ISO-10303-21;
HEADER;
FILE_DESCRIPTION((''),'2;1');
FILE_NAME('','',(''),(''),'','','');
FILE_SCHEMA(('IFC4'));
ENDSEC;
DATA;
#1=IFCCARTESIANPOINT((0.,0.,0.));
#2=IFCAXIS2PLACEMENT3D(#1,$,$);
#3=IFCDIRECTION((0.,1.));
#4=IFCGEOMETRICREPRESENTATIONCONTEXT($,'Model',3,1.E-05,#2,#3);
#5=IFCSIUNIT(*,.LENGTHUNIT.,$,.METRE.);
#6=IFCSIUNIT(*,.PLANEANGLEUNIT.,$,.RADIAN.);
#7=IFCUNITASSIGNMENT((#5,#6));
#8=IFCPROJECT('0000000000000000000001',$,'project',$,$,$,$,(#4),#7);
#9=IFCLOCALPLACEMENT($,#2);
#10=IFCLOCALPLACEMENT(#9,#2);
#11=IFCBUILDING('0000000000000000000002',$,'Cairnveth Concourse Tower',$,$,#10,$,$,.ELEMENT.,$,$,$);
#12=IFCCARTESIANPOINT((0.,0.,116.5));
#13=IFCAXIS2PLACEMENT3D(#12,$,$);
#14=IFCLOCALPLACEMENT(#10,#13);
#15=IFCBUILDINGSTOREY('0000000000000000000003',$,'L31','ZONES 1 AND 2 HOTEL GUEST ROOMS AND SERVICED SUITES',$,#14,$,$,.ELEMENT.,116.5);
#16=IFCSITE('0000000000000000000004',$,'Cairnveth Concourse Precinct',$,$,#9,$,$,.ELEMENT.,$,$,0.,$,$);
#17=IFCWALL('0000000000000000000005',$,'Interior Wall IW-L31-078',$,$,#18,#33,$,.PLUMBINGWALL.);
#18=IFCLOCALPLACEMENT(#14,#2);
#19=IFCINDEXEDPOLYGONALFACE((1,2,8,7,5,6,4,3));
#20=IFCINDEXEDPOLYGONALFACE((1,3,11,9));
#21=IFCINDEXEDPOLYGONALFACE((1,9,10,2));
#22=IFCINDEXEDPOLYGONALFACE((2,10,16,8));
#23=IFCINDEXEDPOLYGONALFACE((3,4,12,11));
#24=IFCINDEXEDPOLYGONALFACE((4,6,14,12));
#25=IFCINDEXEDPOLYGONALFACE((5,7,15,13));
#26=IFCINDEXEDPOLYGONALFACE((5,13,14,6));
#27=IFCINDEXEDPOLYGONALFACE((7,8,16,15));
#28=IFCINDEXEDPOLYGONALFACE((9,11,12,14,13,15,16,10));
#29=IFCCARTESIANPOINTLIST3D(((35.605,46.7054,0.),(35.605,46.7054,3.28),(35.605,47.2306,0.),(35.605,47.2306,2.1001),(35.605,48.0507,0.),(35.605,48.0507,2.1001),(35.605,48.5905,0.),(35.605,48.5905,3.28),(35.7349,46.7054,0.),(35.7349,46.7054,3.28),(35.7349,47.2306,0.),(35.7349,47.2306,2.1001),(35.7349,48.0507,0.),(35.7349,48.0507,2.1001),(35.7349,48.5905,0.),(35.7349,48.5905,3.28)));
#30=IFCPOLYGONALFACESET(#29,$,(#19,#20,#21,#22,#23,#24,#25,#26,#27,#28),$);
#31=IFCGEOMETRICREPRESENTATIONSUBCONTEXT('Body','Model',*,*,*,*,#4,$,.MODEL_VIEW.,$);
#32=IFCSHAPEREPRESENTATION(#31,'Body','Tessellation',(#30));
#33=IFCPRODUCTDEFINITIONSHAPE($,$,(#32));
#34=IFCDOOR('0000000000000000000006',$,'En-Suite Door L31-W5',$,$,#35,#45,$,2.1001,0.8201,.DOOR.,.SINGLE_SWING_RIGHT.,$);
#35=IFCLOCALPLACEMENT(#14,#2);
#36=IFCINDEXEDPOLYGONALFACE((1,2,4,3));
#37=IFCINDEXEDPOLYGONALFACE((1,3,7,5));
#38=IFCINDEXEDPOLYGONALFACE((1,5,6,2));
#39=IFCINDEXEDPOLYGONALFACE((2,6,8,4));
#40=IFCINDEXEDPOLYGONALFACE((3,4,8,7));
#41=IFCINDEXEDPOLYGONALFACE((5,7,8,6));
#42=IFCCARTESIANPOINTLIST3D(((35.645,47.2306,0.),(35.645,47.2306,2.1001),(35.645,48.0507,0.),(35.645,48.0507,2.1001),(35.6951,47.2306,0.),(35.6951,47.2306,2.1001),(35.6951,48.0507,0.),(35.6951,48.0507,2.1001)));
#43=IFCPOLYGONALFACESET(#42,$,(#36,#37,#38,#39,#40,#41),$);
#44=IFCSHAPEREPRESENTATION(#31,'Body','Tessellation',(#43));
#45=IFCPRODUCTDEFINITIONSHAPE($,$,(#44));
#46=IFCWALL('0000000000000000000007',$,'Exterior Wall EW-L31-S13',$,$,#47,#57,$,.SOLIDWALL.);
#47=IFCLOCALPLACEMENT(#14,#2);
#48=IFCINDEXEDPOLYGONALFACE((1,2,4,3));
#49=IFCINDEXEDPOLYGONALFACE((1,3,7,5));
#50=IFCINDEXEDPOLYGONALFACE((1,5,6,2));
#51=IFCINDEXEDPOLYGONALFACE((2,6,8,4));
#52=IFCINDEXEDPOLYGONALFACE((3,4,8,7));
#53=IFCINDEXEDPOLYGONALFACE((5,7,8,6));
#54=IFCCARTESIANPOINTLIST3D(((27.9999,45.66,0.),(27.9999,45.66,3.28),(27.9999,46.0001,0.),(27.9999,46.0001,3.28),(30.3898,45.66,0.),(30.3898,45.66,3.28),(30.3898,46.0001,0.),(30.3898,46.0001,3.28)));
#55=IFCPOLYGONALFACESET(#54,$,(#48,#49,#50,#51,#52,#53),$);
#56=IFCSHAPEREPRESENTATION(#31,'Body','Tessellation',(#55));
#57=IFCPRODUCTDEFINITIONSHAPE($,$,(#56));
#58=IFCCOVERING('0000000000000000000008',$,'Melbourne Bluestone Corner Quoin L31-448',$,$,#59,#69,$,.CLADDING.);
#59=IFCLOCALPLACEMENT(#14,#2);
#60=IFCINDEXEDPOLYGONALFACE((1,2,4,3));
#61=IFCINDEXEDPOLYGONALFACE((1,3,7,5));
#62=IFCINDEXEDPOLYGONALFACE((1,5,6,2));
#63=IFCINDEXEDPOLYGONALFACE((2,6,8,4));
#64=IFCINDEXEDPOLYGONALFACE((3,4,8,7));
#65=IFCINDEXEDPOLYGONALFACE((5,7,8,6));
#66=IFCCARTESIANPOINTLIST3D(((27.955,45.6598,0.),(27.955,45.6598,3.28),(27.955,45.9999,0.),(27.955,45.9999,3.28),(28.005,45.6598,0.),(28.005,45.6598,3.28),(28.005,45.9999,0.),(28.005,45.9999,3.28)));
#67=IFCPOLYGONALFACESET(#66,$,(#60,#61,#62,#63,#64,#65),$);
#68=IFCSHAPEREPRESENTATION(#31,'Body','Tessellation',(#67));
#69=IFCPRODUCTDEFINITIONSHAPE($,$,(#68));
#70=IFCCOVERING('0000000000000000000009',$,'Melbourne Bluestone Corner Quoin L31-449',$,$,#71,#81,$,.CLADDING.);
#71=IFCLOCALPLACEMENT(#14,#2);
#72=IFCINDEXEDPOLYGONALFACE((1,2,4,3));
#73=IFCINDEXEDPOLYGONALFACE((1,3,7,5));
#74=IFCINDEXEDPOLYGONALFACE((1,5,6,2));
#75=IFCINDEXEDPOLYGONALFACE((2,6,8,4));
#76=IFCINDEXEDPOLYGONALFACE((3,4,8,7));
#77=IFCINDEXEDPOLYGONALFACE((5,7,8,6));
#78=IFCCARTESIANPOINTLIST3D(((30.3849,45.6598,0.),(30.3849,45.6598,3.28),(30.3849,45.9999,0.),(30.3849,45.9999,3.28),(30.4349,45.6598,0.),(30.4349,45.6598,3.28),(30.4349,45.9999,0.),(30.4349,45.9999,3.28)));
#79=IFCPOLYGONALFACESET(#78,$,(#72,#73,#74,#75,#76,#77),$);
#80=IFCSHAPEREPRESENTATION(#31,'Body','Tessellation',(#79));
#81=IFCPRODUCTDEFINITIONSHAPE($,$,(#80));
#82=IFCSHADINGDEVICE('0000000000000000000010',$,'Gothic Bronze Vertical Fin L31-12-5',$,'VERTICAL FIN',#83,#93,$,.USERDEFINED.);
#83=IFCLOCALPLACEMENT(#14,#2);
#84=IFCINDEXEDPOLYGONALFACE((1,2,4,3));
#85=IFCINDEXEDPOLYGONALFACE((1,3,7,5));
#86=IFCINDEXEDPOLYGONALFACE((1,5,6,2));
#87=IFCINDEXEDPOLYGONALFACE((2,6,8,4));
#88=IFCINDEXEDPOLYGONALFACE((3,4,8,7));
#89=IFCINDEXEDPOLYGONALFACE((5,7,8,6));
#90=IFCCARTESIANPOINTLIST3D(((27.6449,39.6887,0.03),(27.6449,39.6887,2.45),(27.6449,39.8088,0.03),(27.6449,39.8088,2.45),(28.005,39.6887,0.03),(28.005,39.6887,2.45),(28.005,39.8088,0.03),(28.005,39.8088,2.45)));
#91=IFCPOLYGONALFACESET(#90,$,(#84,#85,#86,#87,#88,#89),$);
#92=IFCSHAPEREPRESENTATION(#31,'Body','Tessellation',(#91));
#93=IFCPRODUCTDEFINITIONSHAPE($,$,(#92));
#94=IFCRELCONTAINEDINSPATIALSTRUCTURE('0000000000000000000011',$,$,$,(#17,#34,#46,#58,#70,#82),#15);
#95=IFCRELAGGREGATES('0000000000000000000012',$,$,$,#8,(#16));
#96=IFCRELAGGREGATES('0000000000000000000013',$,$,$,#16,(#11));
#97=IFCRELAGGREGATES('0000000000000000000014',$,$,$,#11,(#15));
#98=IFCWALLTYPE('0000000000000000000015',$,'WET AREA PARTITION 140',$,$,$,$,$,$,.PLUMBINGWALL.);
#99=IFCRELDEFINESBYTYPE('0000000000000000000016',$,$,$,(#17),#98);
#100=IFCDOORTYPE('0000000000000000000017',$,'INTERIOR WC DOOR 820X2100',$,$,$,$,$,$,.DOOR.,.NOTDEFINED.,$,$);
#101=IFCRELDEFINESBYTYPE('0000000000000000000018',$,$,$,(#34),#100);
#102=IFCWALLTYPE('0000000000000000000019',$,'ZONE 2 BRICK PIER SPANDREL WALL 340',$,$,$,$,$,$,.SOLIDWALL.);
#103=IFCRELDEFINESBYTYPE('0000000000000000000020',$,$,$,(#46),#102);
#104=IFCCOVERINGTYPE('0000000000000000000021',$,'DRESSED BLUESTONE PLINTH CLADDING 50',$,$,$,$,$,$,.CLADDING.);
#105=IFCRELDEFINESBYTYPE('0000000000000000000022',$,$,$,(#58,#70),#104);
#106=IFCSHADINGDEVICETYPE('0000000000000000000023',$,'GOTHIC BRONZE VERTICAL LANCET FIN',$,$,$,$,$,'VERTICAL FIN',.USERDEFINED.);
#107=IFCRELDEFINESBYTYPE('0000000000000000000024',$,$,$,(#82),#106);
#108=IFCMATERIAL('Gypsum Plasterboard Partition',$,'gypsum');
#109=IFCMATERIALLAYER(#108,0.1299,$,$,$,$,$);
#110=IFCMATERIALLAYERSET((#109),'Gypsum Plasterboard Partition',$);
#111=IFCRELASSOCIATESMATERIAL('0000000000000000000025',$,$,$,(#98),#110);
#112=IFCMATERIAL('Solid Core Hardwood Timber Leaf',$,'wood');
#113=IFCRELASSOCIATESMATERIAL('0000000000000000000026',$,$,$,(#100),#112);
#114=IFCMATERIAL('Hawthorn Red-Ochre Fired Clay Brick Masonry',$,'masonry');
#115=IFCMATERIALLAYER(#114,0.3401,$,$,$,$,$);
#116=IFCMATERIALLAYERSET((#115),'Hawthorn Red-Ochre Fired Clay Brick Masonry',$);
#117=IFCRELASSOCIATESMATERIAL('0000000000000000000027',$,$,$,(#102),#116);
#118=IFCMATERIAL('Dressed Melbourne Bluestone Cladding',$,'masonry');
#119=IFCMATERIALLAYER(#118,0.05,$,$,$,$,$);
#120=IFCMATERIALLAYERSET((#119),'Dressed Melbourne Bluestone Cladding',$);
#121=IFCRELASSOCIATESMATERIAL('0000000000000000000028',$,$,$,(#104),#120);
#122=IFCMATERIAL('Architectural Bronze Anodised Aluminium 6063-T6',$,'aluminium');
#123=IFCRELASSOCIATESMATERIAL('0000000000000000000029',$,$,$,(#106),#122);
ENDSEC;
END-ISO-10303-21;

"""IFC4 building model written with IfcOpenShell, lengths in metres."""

from ifc_helpers import new_model, si_unit, direction, frame, frame_2d, origin, origin_2d, place, context, subcontext, project, spatial, rectangle, extrude, material, layer, layer_set, type_object, element, fill, save


model = new_model("IFC4")

# Units and contexts
model_context = context("Model", 3, precision=1e-05, world=origin(), true_north=direction((0.0, 1.0)))
body_context = subcontext(model_context, "Body", "Model", "MODEL_VIEW")
ifc_project = project(units=[si_unit("LENGTHUNIT", "METRE"), si_unit("PLANEANGLEUNIT", "RADIAN")], contexts=[model_context])

# Site, building, storey
site_placement = place(None, origin())
site = spatial("IfcSite", under=ifc_project, at=site_placement, Name="Cairnveth Concourse Precinct", CompositionType="ELEMENT", RefElevation=0.0)
building_placement = place(site_placement, origin())
building = spatial("IfcBuilding", under=site, at=building_placement, Name="Cairnveth Concourse Tower", CompositionType="ELEMENT")
storey_placement = place(building_placement, frame((0.0, 0.0, 116.5)))
storey = spatial("IfcBuildingStorey", under=building, at=storey_placement, Name="L31", Description="ZONES 1 AND 2 HOTEL GUEST ROOMS AND SERVICED SUITES", CompositionType="ELEMENT", Elevation=116.5)

# Shared definitions
ifc_material_1 = material(Name="Gypsum Plasterboard Partition", Category="gypsum")
ifc_material_2 = material(Name="Dressed Melbourne Bluestone Cladding", Category="masonry")
ifc_layer_1 = layer(ifc_material_1, 0.1299)
ifc_layer_set_1 = layer_set([ifc_layer_1], Name="Gypsum Plasterboard Partition")
wall_type_1 = type_object("IfcWallType", Name="WET AREA PARTITION 140", PredefinedType="PLUMBINGWALL", material=ifc_layer_set_1)

# Wall, opening, door
ifc_material_3 = material(Name="Solid Core Hardwood Timber Leaf", Category="wood")
door_type_1 = type_object("IfcDoorType", Name="INTERIOR WC DOOR 820X2100", OperationType="NOTDEFINED", PredefinedType="DOOR", material=ifc_material_3)
wall_1_placement = place(storey_placement, frame((35.6699, 46.7056, 0.0), z_axis=(0.0, 0.0, 1.0), x_axis=(0.0, 1.0, 0.0)))
wall_1 = element("IfcWall", 1, at=wall_1_placement, inside=storey, type_object=wall_type_1, Name="Interior Wall IW-L31-078", PredefinedType="PLUMBINGWALL", context=body_context, shape_type="SweptSolid", body=[
    extrude(rectangle(XDim=1.885, YDim=0.1299, at=frame_2d((0.9424, 0.0))), origin(), (0.0, 0.0, 1.0), 3.28),
])
opening_1_placement = place(wall_1_placement, frame((0.5249, 0.0, 0.0)))
opening_1 = element("IfcOpeningElement", 2, at=opening_1_placement, cuts=wall_1, PredefinedType="OPENING", context=body_context, shape_type="SweptSolid", body=[
    extrude(rectangle(XDim=0.8201, YDim=2.1001, at=frame_2d((0.4102, 1.05))), frame((0.0, 0.075, 0.0), z_axis=(0.0, -1.0, 0.0), x_axis=(1.0, 0.0, 0.0)), (0.0, 0.0, 1.0), 0.1499),
])
door_1_placement = place(opening_1_placement, origin())
door_1 = element("IfcDoor", 3, at=door_1_placement, inside=storey, type_object=door_type_1, Name="En-Suite Door L31-W5", OperationType="SINGLE_SWING_RIGHT", OverallHeight=2.1001, OverallWidth=0.8201, PredefinedType="DOOR", context=body_context, shape_type="SweptSolid", body=[
    extrude(rectangle(XDim=0.8201, YDim=2.1001, at=frame_2d((0.4102, 1.05))), frame((0.0, 0.0249, 0.0), z_axis=(0.0, -1.0, 0.0), x_axis=(1.0, 0.0, 0.0)), (0.0, 0.0, 1.0), 0.05),
])
fill(opening_1, door_1)

# Wall
ifc_material_4 = material(Name="Hawthorn Red-Ochre Fired Clay Brick Masonry", Category="masonry")
ifc_layer_2 = layer(ifc_material_4, 0.3401)
ifc_layer_set_2 = layer_set([ifc_layer_2], Name="Hawthorn Red-Ochre Fired Clay Brick Masonry")
wall_type_2 = type_object("IfcWallType", Name="ZONE 2 BRICK PIER SPANDREL WALL 340", PredefinedType="SOLIDWALL", material=ifc_layer_set_2)
wall_2_placement = place(storey_placement, frame((28.0, 45.8301, 0.0), z_axis=(0.0, 0.0, 1.0), x_axis=(1.0, 0.0, 0.0)))
element("IfcWall", 4, at=wall_2_placement, inside=storey, type_object=wall_type_2, Name="Exterior Wall EW-L31-S13", PredefinedType="SOLIDWALL", context=body_context, shape_type="SweptSolid", body=[
    extrude(rectangle(XDim=2.3899, YDim=0.3401, at=frame_2d((1.1948, 0.0))), origin(), (0.0, 0.0, 1.0), 3.28),
])

# Shared definitions
ifc_material_5 = material(Name="Architectural Bronze Anodised Aluminium 6063-T6", Category="aluminium")

# Coverings
ifc_layer_3 = layer(ifc_material_2, 0.05)
ifc_layer_set_3 = layer_set([ifc_layer_3], Name="Dressed Melbourne Bluestone Cladding")
covering_type = type_object("IfcCoveringType", Name="DRESSED BLUESTONE PLINTH CLADDING 50", PredefinedType="CLADDING", material=ifc_layer_set_3)
for number, where, z_axis, x_axis, name in (
    (5, (27.98, 45.6599, 0.0), (0.0, 0.0, 1.0), (0.0, 1.0, 0.0), "Melbourne Bluestone Corner Quoin L31-448"),
    (6, (30.4099, 45.6599, 0.0), (0.0, 0.0, 1.0), (0.0, 1.0, 0.0), "Melbourne Bluestone Corner Quoin L31-449"),
):
    element("IfcCovering", number, at=place(storey_placement, frame(where, z_axis=z_axis, x_axis=x_axis)), inside=storey, type_object=covering_type, Name=name, PredefinedType="CLADDING", context=body_context, shape_type="SweptSolid", body=[
        extrude(rectangle(XDim=0.3401, YDim=0.05, at=frame_2d((0.1699, 0.0))), origin(), (0.0, 0.0, 1.0), 3.28),
    ])

# Shading device
shading_device_type = type_object("IfcShadingDeviceType", Name="GOTHIC BRONZE VERTICAL LANCET FIN", ElementType="VERTICAL FIN", PredefinedType="USERDEFINED", material=ifc_material_5)
shading_device_placement = place(storey_placement, frame((27.825, 39.7488, 0.03), z_axis=(0.0, 0.0, 1.0), x_axis=(0.0, 1.0, 0.0)))
element("IfcShadingDevice", 7, at=shading_device_placement, inside=storey, type_object=shading_device_type, Name="Gothic Bronze Vertical Fin L31-12-5", ObjectType="VERTICAL FIN", PredefinedType="USERDEFINED", context=body_context, shape_type="SweptSolid", body=[
    extrude(rectangle(XDim=0.1201, YDim=0.3601, at=origin_2d()), origin(), (0.0, 0.0, 1.0), 2.4199),
])

save(model, "model.ifc")
